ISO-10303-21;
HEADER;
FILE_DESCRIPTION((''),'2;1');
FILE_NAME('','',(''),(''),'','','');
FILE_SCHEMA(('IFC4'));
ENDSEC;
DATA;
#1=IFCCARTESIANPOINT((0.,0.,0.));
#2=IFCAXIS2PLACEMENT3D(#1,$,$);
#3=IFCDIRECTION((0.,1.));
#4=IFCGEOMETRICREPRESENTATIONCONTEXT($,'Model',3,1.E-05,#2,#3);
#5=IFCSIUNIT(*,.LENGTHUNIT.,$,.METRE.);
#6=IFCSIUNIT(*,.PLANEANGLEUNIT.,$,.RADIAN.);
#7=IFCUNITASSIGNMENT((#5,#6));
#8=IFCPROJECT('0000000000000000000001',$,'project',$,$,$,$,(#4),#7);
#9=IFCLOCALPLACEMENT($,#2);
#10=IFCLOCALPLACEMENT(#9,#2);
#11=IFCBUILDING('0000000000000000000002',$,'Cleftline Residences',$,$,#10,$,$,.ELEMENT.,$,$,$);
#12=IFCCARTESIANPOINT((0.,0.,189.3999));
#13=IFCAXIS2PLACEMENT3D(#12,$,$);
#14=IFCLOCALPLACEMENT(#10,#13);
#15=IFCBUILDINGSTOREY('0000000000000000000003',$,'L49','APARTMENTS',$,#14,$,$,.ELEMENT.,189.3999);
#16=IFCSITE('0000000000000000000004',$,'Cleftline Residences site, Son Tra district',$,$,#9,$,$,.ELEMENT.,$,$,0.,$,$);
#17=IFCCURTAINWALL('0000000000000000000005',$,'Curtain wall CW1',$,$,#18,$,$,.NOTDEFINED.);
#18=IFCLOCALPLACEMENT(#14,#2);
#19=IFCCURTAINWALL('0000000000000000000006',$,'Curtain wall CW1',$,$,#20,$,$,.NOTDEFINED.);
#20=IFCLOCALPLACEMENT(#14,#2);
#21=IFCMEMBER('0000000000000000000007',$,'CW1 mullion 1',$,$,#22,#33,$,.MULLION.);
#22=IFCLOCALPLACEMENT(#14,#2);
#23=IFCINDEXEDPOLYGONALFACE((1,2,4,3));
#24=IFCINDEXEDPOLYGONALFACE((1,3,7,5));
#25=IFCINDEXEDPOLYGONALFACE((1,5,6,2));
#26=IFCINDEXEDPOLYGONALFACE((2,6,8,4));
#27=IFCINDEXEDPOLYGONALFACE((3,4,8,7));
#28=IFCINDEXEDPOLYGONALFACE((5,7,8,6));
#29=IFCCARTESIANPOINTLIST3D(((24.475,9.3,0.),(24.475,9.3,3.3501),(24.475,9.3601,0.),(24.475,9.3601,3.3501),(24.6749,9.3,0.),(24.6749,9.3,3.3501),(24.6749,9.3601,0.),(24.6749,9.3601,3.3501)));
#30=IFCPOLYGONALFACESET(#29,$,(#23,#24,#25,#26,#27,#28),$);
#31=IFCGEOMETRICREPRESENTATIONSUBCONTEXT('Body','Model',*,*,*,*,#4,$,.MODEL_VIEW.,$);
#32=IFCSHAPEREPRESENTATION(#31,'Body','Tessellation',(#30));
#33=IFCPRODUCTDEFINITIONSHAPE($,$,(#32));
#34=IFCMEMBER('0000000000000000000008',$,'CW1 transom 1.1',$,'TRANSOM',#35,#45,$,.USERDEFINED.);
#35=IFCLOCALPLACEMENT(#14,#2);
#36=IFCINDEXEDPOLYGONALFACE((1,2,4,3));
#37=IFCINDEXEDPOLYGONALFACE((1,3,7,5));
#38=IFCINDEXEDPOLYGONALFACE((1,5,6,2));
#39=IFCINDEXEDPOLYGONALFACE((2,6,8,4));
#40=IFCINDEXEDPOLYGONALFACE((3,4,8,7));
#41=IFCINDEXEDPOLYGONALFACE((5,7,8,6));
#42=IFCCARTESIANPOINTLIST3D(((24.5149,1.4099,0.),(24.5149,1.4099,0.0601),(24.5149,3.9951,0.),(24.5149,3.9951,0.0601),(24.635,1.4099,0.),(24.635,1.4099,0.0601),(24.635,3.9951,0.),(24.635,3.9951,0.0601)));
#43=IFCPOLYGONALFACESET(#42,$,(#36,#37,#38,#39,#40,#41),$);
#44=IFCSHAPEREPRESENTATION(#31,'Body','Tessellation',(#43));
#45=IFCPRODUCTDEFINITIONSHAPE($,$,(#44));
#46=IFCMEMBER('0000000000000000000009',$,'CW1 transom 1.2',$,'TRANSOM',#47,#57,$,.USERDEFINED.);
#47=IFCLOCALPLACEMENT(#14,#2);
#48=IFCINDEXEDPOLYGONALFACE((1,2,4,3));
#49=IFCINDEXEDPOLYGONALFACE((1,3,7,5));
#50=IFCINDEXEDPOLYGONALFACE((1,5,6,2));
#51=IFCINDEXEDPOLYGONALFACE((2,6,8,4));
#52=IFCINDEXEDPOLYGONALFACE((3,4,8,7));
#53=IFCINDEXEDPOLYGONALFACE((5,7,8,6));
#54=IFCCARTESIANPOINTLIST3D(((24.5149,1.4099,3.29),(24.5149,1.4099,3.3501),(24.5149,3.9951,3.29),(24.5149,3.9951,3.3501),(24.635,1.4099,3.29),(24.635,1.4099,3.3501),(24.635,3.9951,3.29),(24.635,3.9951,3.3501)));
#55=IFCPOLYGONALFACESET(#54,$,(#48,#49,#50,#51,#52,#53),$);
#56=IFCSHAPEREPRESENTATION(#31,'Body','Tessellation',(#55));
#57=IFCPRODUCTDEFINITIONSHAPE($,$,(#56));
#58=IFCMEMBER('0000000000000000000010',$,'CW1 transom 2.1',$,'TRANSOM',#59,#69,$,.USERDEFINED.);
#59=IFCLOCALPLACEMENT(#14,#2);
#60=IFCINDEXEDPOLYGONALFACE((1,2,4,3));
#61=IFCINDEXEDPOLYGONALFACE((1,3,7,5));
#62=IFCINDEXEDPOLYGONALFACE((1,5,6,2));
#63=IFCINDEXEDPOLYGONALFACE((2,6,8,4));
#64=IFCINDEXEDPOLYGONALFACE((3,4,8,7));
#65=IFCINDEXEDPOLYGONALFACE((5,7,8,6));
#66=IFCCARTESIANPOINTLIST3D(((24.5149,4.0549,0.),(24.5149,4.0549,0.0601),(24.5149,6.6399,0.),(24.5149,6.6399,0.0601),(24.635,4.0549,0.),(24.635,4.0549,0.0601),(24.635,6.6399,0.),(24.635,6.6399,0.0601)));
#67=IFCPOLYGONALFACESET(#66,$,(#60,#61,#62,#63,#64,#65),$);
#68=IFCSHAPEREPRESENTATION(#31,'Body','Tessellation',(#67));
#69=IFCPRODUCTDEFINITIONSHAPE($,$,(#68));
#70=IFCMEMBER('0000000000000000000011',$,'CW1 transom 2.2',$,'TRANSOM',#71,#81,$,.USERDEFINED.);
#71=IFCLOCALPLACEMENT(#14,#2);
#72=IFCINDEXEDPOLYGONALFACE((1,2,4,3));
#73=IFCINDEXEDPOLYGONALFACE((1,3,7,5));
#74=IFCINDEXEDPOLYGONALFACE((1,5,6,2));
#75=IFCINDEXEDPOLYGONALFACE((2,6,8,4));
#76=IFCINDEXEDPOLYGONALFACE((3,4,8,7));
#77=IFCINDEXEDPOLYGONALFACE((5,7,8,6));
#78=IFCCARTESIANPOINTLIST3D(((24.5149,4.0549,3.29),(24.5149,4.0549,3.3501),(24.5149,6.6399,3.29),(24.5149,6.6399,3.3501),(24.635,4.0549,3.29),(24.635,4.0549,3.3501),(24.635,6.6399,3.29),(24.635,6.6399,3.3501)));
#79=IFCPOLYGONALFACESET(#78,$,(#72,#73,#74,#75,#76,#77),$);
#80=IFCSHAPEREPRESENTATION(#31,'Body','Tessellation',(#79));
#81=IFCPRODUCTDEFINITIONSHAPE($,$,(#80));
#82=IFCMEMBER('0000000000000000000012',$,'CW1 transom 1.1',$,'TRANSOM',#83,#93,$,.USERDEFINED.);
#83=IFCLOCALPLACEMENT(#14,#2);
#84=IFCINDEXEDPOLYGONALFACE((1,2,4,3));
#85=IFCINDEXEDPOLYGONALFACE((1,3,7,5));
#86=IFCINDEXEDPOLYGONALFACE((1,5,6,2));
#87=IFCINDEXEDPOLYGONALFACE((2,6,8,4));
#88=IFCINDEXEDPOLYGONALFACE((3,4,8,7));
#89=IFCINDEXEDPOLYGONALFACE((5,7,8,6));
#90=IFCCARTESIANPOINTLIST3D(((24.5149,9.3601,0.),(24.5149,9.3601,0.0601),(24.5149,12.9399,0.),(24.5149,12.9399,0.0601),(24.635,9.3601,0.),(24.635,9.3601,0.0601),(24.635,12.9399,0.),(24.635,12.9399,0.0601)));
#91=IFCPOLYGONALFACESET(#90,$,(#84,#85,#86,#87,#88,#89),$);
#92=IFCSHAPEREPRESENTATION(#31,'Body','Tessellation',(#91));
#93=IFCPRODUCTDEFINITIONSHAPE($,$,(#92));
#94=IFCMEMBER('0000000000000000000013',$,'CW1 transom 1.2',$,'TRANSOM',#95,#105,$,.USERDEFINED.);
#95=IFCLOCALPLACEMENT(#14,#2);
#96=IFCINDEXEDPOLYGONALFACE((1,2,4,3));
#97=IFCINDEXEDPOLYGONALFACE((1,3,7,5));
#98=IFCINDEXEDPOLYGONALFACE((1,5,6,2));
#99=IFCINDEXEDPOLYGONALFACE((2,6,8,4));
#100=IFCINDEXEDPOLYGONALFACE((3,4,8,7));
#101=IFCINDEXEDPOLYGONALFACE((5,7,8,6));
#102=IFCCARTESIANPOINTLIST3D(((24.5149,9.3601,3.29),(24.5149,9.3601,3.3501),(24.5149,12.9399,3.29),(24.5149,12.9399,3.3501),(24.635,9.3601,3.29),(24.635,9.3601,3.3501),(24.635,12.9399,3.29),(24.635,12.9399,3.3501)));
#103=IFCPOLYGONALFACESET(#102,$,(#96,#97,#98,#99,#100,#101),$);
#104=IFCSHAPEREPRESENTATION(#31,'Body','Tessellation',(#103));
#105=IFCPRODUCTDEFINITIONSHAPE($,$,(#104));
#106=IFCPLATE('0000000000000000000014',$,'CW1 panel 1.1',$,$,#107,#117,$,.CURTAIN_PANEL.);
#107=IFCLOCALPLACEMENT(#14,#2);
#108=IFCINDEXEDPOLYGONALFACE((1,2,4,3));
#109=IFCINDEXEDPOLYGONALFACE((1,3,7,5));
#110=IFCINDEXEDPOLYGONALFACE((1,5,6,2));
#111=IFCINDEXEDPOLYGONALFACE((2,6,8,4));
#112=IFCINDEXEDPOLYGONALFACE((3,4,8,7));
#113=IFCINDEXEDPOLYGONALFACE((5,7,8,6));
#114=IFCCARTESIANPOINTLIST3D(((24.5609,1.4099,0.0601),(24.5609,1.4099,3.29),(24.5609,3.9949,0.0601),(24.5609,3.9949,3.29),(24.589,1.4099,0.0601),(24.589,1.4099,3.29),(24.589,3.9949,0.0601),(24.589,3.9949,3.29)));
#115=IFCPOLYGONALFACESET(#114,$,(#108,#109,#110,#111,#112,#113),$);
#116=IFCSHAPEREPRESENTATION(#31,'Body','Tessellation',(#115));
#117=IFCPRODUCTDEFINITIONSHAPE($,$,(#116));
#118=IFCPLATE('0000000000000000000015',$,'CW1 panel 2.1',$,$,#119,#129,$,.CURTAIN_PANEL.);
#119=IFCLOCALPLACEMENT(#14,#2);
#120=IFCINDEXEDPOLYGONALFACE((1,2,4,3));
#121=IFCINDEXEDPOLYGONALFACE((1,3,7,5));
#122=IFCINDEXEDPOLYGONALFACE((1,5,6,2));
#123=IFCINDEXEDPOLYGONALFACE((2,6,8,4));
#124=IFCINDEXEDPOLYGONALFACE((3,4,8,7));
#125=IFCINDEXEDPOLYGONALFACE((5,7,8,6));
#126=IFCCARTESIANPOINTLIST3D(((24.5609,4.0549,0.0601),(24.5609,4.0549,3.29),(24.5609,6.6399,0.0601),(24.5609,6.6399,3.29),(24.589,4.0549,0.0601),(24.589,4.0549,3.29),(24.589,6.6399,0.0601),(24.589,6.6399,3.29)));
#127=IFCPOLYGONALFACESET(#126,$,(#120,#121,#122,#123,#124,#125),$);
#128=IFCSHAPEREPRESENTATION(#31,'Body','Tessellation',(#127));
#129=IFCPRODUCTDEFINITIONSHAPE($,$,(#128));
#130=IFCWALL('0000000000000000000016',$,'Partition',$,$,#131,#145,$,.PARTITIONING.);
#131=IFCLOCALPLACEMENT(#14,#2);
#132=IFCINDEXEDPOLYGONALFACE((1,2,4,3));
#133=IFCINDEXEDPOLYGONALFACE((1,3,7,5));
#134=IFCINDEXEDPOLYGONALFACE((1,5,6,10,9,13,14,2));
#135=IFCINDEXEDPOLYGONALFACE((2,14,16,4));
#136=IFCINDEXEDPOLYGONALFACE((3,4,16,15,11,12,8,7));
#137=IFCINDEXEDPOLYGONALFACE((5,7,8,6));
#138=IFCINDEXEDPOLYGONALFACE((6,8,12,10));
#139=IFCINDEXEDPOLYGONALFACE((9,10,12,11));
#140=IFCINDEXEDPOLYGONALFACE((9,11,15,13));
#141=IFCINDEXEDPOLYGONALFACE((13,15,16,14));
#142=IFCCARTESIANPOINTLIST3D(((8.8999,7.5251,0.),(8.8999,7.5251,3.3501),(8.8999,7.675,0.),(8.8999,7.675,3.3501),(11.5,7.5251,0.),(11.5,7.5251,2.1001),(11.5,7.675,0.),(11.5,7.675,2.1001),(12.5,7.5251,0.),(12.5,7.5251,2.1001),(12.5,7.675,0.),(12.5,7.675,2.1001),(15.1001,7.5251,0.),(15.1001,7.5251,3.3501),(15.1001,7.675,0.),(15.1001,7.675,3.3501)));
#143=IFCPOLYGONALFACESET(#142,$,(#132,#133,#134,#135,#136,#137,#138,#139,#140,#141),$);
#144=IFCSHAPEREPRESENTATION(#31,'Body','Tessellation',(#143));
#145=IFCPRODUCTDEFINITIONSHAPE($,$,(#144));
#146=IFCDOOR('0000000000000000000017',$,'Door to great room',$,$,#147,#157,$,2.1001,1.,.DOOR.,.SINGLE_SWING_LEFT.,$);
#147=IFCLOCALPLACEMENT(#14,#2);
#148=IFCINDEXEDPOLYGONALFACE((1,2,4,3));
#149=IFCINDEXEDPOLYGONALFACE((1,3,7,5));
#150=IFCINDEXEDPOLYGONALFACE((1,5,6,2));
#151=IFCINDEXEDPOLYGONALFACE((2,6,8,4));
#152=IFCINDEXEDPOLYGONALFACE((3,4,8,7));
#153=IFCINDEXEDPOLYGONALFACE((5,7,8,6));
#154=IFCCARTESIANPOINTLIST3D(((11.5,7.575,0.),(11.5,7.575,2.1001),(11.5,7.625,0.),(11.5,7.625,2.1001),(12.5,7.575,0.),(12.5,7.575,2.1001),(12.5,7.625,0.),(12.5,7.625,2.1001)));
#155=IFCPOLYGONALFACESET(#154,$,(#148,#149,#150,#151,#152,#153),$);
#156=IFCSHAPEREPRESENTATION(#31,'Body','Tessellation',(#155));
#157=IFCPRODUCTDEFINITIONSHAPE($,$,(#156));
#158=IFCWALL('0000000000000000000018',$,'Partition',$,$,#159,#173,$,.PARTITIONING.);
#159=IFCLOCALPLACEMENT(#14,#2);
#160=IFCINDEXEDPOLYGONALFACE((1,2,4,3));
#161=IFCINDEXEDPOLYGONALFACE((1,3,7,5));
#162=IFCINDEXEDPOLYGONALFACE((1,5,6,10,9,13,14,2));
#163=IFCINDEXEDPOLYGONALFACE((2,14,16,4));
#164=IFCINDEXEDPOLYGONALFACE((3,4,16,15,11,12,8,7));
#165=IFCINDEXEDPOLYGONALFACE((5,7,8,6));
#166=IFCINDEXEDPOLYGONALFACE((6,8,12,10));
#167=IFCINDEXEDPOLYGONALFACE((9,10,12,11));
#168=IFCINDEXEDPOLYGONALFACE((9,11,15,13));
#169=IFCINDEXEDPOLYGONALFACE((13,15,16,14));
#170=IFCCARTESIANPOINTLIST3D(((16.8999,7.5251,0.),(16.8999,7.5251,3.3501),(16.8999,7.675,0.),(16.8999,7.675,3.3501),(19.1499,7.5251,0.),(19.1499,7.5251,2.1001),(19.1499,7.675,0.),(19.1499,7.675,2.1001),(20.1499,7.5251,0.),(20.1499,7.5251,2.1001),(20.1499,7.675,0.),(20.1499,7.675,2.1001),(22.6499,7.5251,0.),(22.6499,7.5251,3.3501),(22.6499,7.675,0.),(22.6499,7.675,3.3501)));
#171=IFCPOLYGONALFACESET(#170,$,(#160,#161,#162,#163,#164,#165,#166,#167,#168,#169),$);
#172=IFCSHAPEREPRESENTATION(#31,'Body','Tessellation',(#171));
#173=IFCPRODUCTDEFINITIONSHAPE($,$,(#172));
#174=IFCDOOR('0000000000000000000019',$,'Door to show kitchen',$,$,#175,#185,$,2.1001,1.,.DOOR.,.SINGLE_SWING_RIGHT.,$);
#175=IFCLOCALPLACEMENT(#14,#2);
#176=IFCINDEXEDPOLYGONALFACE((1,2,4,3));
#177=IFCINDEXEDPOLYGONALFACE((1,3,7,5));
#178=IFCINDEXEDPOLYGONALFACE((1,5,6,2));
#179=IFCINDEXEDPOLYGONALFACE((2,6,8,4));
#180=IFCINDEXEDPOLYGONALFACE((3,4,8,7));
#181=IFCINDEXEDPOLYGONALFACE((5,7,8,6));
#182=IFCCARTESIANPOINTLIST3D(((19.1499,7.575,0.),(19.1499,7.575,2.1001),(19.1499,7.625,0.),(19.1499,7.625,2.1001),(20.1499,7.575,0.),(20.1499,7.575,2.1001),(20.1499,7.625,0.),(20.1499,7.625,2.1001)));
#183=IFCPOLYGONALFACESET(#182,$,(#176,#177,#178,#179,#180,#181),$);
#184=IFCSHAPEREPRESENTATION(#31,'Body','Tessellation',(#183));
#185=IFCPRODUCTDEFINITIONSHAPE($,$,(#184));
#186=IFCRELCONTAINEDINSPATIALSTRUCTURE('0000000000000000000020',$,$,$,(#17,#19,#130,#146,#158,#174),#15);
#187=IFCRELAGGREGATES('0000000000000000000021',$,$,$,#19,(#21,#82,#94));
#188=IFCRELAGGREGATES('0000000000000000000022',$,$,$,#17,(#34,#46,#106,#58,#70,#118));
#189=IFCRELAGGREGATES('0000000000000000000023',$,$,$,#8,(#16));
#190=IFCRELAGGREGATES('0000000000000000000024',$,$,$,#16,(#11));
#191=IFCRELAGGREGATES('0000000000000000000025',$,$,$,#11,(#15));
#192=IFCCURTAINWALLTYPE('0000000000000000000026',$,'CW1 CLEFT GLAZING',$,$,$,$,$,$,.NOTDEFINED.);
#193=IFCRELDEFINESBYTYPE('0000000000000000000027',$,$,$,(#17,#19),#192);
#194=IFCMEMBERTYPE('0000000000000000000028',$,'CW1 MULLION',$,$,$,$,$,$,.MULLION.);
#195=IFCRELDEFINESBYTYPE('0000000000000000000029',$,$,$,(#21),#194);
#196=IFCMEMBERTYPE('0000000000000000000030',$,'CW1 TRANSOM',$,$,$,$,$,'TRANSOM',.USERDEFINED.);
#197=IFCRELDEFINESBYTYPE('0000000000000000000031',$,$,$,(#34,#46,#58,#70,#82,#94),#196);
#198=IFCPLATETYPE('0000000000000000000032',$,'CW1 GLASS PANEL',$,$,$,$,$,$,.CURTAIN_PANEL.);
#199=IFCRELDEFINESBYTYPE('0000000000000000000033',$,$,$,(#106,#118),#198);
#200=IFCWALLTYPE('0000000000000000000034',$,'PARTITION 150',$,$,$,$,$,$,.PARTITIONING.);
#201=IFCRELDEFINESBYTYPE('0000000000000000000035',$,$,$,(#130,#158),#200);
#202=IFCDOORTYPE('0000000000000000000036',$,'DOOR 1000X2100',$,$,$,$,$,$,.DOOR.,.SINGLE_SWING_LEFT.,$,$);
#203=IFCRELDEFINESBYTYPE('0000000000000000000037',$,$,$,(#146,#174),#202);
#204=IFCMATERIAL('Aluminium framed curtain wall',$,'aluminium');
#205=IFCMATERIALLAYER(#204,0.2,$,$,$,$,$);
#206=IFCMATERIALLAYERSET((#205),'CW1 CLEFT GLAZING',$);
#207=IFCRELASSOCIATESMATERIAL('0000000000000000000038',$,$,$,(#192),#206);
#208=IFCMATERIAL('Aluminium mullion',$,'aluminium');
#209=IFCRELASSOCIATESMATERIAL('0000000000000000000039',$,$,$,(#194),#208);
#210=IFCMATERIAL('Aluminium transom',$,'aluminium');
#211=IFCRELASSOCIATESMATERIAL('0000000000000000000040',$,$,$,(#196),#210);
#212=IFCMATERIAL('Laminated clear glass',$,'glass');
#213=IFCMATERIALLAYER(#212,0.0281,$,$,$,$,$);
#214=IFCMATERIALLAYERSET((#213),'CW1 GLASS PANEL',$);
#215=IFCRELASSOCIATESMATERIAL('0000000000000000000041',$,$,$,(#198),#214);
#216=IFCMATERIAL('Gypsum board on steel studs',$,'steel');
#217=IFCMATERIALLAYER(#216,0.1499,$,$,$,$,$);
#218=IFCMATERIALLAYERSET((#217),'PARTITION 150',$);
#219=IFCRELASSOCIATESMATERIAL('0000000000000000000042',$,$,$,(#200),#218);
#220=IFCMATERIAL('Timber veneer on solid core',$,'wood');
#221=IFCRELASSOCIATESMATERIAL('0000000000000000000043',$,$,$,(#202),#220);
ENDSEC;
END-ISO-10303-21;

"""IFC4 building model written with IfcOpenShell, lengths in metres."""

from ifc_helpers import new_model, si_unit, direction, frame, frame_2d, origin, origin_2d, place, context, subcontext, project, spatial, rectangle, extrude, material, layer, layer_set, material_profile, profile_set, type_object, element, fill, aggregate, save


model = new_model("IFC4")

# Units and contexts
model_context = context("Model", 3, precision=1e-05, world=origin(), true_north=direction((0.0, 1.0)))
body_context = subcontext(model_context, "Body", "Model", "MODEL_VIEW")
ifc_project = project(units=[si_unit("LENGTHUNIT", "METRE"), si_unit("PLANEANGLEUNIT", "RADIAN")], contexts=[model_context])

# Site, building, storey
site_placement = place(None, origin())
site = spatial("IfcSite", under=ifc_project, at=site_placement, Name="Cleftline Residences site, Son Tra district", CompositionType="ELEMENT", RefElevation=0.0)
building_placement = place(site_placement, origin())
building = spatial("IfcBuilding", under=site, at=building_placement, Name="Cleftline Residences", CompositionType="ELEMENT")
storey_placement = place(building_placement, frame((0.0, 0.0, 189.3999)))
storey = spatial("IfcBuildingStorey", under=building, at=storey_placement, Name="L49", Description="APARTMENTS", CompositionType="ELEMENT", Elevation=189.3999)

# Curtain wall
ifc_material_1 = material(Name="Aluminium framed curtain wall", Category="aluminium")
ifc_layer_1 = layer(ifc_material_1, 0.2)
ifc_layer_set_1 = layer_set([ifc_layer_1], Name="CW1 CLEFT GLAZING")
curtain_wall_type = type_object("IfcCurtainWallType", Name="CW1 CLEFT GLAZING", PredefinedType="NOTDEFINED", material=ifc_layer_set_1)
curtain_wall_1_placement = place(storey_placement, origin())
curtain_wall_1 = element("IfcCurtainWall", 1, at=curtain_wall_1_placement, inside=storey, type_object=curtain_wall_type, Name="Curtain wall CW1", PredefinedType="NOTDEFINED")
ifc_material_2 = material(Name="Aluminium mullion", Category="aluminium")
ifc_material_profile_1 = material_profile(ifc_material_2, rectangle(XDim=0.2, YDim=0.0601, at=origin_2d()))
ifc_profile_set_1 = profile_set([ifc_material_profile_1], Name="Aluminium mullion")
member_type_1 = type_object("IfcMemberType", Name="CW1 MULLION", PredefinedType="MULLION", material=ifc_profile_set_1)

# Curtain wall, member
curtain_wall_2_placement = place(storey_placement, origin())
curtain_wall_2 = element("IfcCurtainWall", 2, at=curtain_wall_2_placement, inside=storey, type_object=curtain_wall_type, Name="Curtain wall CW1", PredefinedType="NOTDEFINED")
member_1_placement = place(storey_placement, frame((24.575, 9.3301, 0.0), z_axis=(0.0, 0.0, 1.0), x_axis=(-1.0, 0.0, 0.0)))
member_1 = element("IfcMember", 3, at=member_1_placement, type_object=member_type_1, Name="CW1 mullion 1", PredefinedType="MULLION", context=body_context, shape_type="SweptSolid", body=[
    extrude(rectangle(XDim=0.2, YDim=0.0601, at=origin_2d()), origin(), (0.0, 0.0, 1.0), 3.3501),
])

# Members
ifc_material_3 = material(Name="Aluminium transom", Category="aluminium")
ifc_material_profile_2 = material_profile(ifc_material_3, rectangle(XDim=0.1201, YDim=0.0601, at=origin_2d()))
ifc_profile_set_2 = profile_set([ifc_material_profile_2], Name="Aluminium transom")
member_type_2 = type_object("IfcMemberType", Name="CW1 TRANSOM", ElementType="TRANSOM", PredefinedType="USERDEFINED", material=ifc_profile_set_2)
member_2_placement = place(storey_placement, frame((24.575, 1.4099, 0.03), z_axis=(0.0, 1.0, 0.0), x_axis=(-1.0, 0.0, 0.0)))
member_2 = element("IfcMember", 4, at=member_2_placement, type_object=member_type_2, Name="CW1 transom 1.1", ObjectType="TRANSOM", PredefinedType="USERDEFINED", context=body_context, shape_type="SweptSolid", body=[
    extrude(rectangle(XDim=0.1201, YDim=0.0601, at=origin_2d()), origin(), (0.0, 0.0, 1.0), 2.5852),
])
member_3_placement = place(storey_placement, frame((24.575, 1.4099, 3.3201), z_axis=(0.0, 1.0, 0.0), x_axis=(-1.0, 0.0, 0.0)))
member_3 = element("IfcMember", 5, at=member_3_placement, type_object=member_type_2, Name="CW1 transom 1.2", ObjectType="TRANSOM", PredefinedType="USERDEFINED", context=body_context, shape_type="SweptSolid", body=[
    extrude(rectangle(XDim=0.1201, YDim=0.0601, at=origin_2d()), origin(), (0.0, 0.0, 1.0), 2.5852),
])
member_4_placement = place(storey_placement, frame((24.575, 4.0549, 0.03), z_axis=(0.0, 1.0, 0.0), x_axis=(-1.0, 0.0, 0.0)))
member_4 = element("IfcMember", 6, at=member_4_placement, type_object=member_type_2, Name="CW1 transom 2.1", ObjectType="TRANSOM", PredefinedType="USERDEFINED", context=body_context, shape_type="SweptSolid", body=[
    extrude(rectangle(XDim=0.1201, YDim=0.0601, at=origin_2d()), origin(), (0.0, 0.0, 1.0), 2.585),
])
member_5_placement = place(storey_placement, frame((24.575, 4.0549, 3.3201), z_axis=(0.0, 1.0, 0.0), x_axis=(-1.0, 0.0, 0.0)))
member_5 = element("IfcMember", 7, at=member_5_placement, type_object=member_type_2, Name="CW1 transom 2.2", ObjectType="TRANSOM", PredefinedType="USERDEFINED", context=body_context, shape_type="SweptSolid", body=[
    extrude(rectangle(XDim=0.1201, YDim=0.0601, at=origin_2d()), origin(), (0.0, 0.0, 1.0), 2.585),
])
member_6_placement = place(storey_placement, frame((24.575, 9.3601, 0.03), z_axis=(0.0, 1.0, 0.0), x_axis=(-1.0, 0.0, 0.0)))
member_6 = element("IfcMember", 8, at=member_6_placement, type_object=member_type_2, Name="CW1 transom 1.1", ObjectType="TRANSOM", PredefinedType="USERDEFINED", context=body_context, shape_type="SweptSolid", body=[
    extrude(rectangle(XDim=0.1201, YDim=0.0601, at=origin_2d()), origin(), (0.0, 0.0, 1.0), 3.5798),
])
member_7_placement = place(storey_placement, frame((24.575, 9.3601, 3.3201), z_axis=(0.0, 1.0, 0.0), x_axis=(-1.0, 0.0, 0.0)))
member_7 = element("IfcMember", 9, at=member_7_placement, type_object=member_type_2, Name="CW1 transom 1.2", ObjectType="TRANSOM", PredefinedType="USERDEFINED", context=body_context, shape_type="SweptSolid", body=[
    extrude(rectangle(XDim=0.1201, YDim=0.0601, at=origin_2d()), origin(), (0.0, 0.0, 1.0), 3.5798),
])
aggregate(curtain_wall_2, [member_1, member_6, member_7])

# Plates
ifc_material_4 = material(Name="Laminated clear glass", Category="glass")
ifc_layer_2 = layer(ifc_material_4, 0.0281)
ifc_layer_set_2 = layer_set([ifc_layer_2], Name="CW1 GLASS PANEL")
plate_type = type_object("IfcPlateType", Name="CW1 GLASS PANEL", PredefinedType="CURTAIN_PANEL", material=ifc_layer_set_2)
plate_1_placement = place(storey_placement, frame((24.575, 2.7024, 0.0601), z_axis=(0.0, 0.0, 1.0), x_axis=(0.0, 1.0, 0.0)))
plate_1 = element("IfcPlate", 10, at=plate_1_placement, type_object=plate_type, Name="CW1 panel 1.1", PredefinedType="CURTAIN_PANEL", context=body_context, shape_type="SweptSolid", body=[
    extrude(rectangle(XDim=2.585, YDim=0.0281, at=origin_2d()), origin(), (0.0, 0.0, 1.0), 3.23),
])
plate_2_placement = place(storey_placement, frame((24.575, 5.3474, 0.0601), z_axis=(0.0, 0.0, 1.0), x_axis=(0.0, 1.0, 0.0)))
plate_2 = element("IfcPlate", 11, at=plate_2_placement, type_object=plate_type, Name="CW1 panel 2.1", PredefinedType="CURTAIN_PANEL", context=body_context, shape_type="SweptSolid", body=[
    extrude(rectangle(XDim=2.585, YDim=0.0281, at=origin_2d()), origin(), (0.0, 0.0, 1.0), 3.23),
])
aggregate(curtain_wall_1, [member_2, member_3, plate_1, member_4, member_5, plate_2])

# Walls, openings, doors
ifc_material_5 = material(Name="Gypsum board on steel studs", Category="steel")
ifc_layer_3 = layer(ifc_material_5, 0.1499)
ifc_layer_set_3 = layer_set([ifc_layer_3], Name="PARTITION 150")
wall_type = type_object("IfcWallType", Name="PARTITION 150", PredefinedType="PARTITIONING", material=ifc_layer_set_3)
wall_1_placement = place(storey_placement, frame((8.8999, 7.6001, 0.0), z_axis=(0.0, 0.0, 1.0), x_axis=(1.0, 0.0, 0.0)))
wall_1 = element("IfcWall", 12, at=wall_1_placement, inside=storey, type_object=wall_type, Name="Partition", PredefinedType="PARTITIONING", context=body_context, shape_type="SweptSolid", body=[
    extrude(rectangle(XDim=6.2002, YDim=0.1499, at=frame_2d((3.1001, 0.0))), origin(), (0.0, 0.0, 1.0), 3.3501),
])
opening_1_placement = place(wall_1_placement, frame((2.6001, 0.0, 0.0)))
opening_1 = element("IfcOpeningElement", 13, at=opening_1_placement, cuts=wall_1, PredefinedType="OPENING", context=body_context, shape_type="SweptSolid", body=[
    extrude(rectangle(XDim=1.0, YDim=2.1001, at=frame_2d((0.5, 1.05))), frame((0.0, 0.085, 0.0), z_axis=(0.0, -1.0, 0.0), x_axis=(1.0, 0.0, 0.0)), (0.0, 0.0, 1.0), 0.1699),
])
ifc_material_6 = material(Name="Timber veneer on solid core", Category="wood")
door_type_1 = type_object("IfcDoorType", Name="DOOR 1000X2100", OperationType="SINGLE_SWING_LEFT", PredefinedType="DOOR", material=ifc_material_6)
door_1_placement = place(opening_1_placement, origin())
door_1 = element("IfcDoor", 14, at=door_1_placement, inside=storey, type_object=door_type_1, Name="Door to great room", OperationType="SINGLE_SWING_LEFT", OverallHeight=2.1001, OverallWidth=1.0, PredefinedType="DOOR", context=body_context, shape_type="SweptSolid", body=[
    extrude(rectangle(XDim=1.0, YDim=2.1001, at=frame_2d((0.5, 1.05))), frame((0.0, 0.0249, 0.0), z_axis=(0.0, -1.0, 0.0), x_axis=(1.0, 0.0, 0.0)), (0.0, 0.0, 1.0), 0.05),
])
fill(opening_1, door_1)
wall_2_placement = place(storey_placement, frame((16.8999, 7.6001, 0.0), z_axis=(0.0, 0.0, 1.0), x_axis=(1.0, 0.0, 0.0)))
wall_2 = element("IfcWall", 15, at=wall_2_placement, inside=storey, type_object=wall_type, Name="Partition", PredefinedType="PARTITIONING", context=body_context, shape_type="SweptSolid", body=[
    extrude(rectangle(XDim=5.75, YDim=0.1499, at=frame_2d((2.875, 0.0))), origin(), (0.0, 0.0, 1.0), 3.3501),
])
opening_2_placement = place(wall_2_placement, frame((2.25, 0.0, 0.0)))
opening_2 = element("IfcOpeningElement", 16, at=opening_2_placement, cuts=wall_2, PredefinedType="OPENING", context=body_context, shape_type="SweptSolid", body=[
    extrude(rectangle(XDim=1.0, YDim=2.1001, at=frame_2d((0.5, 1.05))), frame((0.0, 0.085, 0.0), z_axis=(0.0, -1.0, 0.0), x_axis=(1.0, 0.0, 0.0)), (0.0, 0.0, 1.0), 0.1699),
])
door_2_placement = place(opening_2_placement, origin())
door_2 = element("IfcDoor", 17, at=door_2_placement, inside=storey, type_object=door_type_1, Name="Door to show kitchen", OperationType="SINGLE_SWING_RIGHT", OverallHeight=2.1001, OverallWidth=1.0, PredefinedType="DOOR", context=body_context, shape_type="SweptSolid", body=[
    extrude(rectangle(XDim=1.0, YDim=2.1001, at=frame_2d((0.5, 1.05))), frame((0.0, 0.0249, 0.0), z_axis=(0.0, -1.0, 0.0), x_axis=(1.0, 0.0, 0.0)), (0.0, 0.0, 1.0), 0.05),
])
fill(opening_2, door_2)

save(model, "model.ifc")
